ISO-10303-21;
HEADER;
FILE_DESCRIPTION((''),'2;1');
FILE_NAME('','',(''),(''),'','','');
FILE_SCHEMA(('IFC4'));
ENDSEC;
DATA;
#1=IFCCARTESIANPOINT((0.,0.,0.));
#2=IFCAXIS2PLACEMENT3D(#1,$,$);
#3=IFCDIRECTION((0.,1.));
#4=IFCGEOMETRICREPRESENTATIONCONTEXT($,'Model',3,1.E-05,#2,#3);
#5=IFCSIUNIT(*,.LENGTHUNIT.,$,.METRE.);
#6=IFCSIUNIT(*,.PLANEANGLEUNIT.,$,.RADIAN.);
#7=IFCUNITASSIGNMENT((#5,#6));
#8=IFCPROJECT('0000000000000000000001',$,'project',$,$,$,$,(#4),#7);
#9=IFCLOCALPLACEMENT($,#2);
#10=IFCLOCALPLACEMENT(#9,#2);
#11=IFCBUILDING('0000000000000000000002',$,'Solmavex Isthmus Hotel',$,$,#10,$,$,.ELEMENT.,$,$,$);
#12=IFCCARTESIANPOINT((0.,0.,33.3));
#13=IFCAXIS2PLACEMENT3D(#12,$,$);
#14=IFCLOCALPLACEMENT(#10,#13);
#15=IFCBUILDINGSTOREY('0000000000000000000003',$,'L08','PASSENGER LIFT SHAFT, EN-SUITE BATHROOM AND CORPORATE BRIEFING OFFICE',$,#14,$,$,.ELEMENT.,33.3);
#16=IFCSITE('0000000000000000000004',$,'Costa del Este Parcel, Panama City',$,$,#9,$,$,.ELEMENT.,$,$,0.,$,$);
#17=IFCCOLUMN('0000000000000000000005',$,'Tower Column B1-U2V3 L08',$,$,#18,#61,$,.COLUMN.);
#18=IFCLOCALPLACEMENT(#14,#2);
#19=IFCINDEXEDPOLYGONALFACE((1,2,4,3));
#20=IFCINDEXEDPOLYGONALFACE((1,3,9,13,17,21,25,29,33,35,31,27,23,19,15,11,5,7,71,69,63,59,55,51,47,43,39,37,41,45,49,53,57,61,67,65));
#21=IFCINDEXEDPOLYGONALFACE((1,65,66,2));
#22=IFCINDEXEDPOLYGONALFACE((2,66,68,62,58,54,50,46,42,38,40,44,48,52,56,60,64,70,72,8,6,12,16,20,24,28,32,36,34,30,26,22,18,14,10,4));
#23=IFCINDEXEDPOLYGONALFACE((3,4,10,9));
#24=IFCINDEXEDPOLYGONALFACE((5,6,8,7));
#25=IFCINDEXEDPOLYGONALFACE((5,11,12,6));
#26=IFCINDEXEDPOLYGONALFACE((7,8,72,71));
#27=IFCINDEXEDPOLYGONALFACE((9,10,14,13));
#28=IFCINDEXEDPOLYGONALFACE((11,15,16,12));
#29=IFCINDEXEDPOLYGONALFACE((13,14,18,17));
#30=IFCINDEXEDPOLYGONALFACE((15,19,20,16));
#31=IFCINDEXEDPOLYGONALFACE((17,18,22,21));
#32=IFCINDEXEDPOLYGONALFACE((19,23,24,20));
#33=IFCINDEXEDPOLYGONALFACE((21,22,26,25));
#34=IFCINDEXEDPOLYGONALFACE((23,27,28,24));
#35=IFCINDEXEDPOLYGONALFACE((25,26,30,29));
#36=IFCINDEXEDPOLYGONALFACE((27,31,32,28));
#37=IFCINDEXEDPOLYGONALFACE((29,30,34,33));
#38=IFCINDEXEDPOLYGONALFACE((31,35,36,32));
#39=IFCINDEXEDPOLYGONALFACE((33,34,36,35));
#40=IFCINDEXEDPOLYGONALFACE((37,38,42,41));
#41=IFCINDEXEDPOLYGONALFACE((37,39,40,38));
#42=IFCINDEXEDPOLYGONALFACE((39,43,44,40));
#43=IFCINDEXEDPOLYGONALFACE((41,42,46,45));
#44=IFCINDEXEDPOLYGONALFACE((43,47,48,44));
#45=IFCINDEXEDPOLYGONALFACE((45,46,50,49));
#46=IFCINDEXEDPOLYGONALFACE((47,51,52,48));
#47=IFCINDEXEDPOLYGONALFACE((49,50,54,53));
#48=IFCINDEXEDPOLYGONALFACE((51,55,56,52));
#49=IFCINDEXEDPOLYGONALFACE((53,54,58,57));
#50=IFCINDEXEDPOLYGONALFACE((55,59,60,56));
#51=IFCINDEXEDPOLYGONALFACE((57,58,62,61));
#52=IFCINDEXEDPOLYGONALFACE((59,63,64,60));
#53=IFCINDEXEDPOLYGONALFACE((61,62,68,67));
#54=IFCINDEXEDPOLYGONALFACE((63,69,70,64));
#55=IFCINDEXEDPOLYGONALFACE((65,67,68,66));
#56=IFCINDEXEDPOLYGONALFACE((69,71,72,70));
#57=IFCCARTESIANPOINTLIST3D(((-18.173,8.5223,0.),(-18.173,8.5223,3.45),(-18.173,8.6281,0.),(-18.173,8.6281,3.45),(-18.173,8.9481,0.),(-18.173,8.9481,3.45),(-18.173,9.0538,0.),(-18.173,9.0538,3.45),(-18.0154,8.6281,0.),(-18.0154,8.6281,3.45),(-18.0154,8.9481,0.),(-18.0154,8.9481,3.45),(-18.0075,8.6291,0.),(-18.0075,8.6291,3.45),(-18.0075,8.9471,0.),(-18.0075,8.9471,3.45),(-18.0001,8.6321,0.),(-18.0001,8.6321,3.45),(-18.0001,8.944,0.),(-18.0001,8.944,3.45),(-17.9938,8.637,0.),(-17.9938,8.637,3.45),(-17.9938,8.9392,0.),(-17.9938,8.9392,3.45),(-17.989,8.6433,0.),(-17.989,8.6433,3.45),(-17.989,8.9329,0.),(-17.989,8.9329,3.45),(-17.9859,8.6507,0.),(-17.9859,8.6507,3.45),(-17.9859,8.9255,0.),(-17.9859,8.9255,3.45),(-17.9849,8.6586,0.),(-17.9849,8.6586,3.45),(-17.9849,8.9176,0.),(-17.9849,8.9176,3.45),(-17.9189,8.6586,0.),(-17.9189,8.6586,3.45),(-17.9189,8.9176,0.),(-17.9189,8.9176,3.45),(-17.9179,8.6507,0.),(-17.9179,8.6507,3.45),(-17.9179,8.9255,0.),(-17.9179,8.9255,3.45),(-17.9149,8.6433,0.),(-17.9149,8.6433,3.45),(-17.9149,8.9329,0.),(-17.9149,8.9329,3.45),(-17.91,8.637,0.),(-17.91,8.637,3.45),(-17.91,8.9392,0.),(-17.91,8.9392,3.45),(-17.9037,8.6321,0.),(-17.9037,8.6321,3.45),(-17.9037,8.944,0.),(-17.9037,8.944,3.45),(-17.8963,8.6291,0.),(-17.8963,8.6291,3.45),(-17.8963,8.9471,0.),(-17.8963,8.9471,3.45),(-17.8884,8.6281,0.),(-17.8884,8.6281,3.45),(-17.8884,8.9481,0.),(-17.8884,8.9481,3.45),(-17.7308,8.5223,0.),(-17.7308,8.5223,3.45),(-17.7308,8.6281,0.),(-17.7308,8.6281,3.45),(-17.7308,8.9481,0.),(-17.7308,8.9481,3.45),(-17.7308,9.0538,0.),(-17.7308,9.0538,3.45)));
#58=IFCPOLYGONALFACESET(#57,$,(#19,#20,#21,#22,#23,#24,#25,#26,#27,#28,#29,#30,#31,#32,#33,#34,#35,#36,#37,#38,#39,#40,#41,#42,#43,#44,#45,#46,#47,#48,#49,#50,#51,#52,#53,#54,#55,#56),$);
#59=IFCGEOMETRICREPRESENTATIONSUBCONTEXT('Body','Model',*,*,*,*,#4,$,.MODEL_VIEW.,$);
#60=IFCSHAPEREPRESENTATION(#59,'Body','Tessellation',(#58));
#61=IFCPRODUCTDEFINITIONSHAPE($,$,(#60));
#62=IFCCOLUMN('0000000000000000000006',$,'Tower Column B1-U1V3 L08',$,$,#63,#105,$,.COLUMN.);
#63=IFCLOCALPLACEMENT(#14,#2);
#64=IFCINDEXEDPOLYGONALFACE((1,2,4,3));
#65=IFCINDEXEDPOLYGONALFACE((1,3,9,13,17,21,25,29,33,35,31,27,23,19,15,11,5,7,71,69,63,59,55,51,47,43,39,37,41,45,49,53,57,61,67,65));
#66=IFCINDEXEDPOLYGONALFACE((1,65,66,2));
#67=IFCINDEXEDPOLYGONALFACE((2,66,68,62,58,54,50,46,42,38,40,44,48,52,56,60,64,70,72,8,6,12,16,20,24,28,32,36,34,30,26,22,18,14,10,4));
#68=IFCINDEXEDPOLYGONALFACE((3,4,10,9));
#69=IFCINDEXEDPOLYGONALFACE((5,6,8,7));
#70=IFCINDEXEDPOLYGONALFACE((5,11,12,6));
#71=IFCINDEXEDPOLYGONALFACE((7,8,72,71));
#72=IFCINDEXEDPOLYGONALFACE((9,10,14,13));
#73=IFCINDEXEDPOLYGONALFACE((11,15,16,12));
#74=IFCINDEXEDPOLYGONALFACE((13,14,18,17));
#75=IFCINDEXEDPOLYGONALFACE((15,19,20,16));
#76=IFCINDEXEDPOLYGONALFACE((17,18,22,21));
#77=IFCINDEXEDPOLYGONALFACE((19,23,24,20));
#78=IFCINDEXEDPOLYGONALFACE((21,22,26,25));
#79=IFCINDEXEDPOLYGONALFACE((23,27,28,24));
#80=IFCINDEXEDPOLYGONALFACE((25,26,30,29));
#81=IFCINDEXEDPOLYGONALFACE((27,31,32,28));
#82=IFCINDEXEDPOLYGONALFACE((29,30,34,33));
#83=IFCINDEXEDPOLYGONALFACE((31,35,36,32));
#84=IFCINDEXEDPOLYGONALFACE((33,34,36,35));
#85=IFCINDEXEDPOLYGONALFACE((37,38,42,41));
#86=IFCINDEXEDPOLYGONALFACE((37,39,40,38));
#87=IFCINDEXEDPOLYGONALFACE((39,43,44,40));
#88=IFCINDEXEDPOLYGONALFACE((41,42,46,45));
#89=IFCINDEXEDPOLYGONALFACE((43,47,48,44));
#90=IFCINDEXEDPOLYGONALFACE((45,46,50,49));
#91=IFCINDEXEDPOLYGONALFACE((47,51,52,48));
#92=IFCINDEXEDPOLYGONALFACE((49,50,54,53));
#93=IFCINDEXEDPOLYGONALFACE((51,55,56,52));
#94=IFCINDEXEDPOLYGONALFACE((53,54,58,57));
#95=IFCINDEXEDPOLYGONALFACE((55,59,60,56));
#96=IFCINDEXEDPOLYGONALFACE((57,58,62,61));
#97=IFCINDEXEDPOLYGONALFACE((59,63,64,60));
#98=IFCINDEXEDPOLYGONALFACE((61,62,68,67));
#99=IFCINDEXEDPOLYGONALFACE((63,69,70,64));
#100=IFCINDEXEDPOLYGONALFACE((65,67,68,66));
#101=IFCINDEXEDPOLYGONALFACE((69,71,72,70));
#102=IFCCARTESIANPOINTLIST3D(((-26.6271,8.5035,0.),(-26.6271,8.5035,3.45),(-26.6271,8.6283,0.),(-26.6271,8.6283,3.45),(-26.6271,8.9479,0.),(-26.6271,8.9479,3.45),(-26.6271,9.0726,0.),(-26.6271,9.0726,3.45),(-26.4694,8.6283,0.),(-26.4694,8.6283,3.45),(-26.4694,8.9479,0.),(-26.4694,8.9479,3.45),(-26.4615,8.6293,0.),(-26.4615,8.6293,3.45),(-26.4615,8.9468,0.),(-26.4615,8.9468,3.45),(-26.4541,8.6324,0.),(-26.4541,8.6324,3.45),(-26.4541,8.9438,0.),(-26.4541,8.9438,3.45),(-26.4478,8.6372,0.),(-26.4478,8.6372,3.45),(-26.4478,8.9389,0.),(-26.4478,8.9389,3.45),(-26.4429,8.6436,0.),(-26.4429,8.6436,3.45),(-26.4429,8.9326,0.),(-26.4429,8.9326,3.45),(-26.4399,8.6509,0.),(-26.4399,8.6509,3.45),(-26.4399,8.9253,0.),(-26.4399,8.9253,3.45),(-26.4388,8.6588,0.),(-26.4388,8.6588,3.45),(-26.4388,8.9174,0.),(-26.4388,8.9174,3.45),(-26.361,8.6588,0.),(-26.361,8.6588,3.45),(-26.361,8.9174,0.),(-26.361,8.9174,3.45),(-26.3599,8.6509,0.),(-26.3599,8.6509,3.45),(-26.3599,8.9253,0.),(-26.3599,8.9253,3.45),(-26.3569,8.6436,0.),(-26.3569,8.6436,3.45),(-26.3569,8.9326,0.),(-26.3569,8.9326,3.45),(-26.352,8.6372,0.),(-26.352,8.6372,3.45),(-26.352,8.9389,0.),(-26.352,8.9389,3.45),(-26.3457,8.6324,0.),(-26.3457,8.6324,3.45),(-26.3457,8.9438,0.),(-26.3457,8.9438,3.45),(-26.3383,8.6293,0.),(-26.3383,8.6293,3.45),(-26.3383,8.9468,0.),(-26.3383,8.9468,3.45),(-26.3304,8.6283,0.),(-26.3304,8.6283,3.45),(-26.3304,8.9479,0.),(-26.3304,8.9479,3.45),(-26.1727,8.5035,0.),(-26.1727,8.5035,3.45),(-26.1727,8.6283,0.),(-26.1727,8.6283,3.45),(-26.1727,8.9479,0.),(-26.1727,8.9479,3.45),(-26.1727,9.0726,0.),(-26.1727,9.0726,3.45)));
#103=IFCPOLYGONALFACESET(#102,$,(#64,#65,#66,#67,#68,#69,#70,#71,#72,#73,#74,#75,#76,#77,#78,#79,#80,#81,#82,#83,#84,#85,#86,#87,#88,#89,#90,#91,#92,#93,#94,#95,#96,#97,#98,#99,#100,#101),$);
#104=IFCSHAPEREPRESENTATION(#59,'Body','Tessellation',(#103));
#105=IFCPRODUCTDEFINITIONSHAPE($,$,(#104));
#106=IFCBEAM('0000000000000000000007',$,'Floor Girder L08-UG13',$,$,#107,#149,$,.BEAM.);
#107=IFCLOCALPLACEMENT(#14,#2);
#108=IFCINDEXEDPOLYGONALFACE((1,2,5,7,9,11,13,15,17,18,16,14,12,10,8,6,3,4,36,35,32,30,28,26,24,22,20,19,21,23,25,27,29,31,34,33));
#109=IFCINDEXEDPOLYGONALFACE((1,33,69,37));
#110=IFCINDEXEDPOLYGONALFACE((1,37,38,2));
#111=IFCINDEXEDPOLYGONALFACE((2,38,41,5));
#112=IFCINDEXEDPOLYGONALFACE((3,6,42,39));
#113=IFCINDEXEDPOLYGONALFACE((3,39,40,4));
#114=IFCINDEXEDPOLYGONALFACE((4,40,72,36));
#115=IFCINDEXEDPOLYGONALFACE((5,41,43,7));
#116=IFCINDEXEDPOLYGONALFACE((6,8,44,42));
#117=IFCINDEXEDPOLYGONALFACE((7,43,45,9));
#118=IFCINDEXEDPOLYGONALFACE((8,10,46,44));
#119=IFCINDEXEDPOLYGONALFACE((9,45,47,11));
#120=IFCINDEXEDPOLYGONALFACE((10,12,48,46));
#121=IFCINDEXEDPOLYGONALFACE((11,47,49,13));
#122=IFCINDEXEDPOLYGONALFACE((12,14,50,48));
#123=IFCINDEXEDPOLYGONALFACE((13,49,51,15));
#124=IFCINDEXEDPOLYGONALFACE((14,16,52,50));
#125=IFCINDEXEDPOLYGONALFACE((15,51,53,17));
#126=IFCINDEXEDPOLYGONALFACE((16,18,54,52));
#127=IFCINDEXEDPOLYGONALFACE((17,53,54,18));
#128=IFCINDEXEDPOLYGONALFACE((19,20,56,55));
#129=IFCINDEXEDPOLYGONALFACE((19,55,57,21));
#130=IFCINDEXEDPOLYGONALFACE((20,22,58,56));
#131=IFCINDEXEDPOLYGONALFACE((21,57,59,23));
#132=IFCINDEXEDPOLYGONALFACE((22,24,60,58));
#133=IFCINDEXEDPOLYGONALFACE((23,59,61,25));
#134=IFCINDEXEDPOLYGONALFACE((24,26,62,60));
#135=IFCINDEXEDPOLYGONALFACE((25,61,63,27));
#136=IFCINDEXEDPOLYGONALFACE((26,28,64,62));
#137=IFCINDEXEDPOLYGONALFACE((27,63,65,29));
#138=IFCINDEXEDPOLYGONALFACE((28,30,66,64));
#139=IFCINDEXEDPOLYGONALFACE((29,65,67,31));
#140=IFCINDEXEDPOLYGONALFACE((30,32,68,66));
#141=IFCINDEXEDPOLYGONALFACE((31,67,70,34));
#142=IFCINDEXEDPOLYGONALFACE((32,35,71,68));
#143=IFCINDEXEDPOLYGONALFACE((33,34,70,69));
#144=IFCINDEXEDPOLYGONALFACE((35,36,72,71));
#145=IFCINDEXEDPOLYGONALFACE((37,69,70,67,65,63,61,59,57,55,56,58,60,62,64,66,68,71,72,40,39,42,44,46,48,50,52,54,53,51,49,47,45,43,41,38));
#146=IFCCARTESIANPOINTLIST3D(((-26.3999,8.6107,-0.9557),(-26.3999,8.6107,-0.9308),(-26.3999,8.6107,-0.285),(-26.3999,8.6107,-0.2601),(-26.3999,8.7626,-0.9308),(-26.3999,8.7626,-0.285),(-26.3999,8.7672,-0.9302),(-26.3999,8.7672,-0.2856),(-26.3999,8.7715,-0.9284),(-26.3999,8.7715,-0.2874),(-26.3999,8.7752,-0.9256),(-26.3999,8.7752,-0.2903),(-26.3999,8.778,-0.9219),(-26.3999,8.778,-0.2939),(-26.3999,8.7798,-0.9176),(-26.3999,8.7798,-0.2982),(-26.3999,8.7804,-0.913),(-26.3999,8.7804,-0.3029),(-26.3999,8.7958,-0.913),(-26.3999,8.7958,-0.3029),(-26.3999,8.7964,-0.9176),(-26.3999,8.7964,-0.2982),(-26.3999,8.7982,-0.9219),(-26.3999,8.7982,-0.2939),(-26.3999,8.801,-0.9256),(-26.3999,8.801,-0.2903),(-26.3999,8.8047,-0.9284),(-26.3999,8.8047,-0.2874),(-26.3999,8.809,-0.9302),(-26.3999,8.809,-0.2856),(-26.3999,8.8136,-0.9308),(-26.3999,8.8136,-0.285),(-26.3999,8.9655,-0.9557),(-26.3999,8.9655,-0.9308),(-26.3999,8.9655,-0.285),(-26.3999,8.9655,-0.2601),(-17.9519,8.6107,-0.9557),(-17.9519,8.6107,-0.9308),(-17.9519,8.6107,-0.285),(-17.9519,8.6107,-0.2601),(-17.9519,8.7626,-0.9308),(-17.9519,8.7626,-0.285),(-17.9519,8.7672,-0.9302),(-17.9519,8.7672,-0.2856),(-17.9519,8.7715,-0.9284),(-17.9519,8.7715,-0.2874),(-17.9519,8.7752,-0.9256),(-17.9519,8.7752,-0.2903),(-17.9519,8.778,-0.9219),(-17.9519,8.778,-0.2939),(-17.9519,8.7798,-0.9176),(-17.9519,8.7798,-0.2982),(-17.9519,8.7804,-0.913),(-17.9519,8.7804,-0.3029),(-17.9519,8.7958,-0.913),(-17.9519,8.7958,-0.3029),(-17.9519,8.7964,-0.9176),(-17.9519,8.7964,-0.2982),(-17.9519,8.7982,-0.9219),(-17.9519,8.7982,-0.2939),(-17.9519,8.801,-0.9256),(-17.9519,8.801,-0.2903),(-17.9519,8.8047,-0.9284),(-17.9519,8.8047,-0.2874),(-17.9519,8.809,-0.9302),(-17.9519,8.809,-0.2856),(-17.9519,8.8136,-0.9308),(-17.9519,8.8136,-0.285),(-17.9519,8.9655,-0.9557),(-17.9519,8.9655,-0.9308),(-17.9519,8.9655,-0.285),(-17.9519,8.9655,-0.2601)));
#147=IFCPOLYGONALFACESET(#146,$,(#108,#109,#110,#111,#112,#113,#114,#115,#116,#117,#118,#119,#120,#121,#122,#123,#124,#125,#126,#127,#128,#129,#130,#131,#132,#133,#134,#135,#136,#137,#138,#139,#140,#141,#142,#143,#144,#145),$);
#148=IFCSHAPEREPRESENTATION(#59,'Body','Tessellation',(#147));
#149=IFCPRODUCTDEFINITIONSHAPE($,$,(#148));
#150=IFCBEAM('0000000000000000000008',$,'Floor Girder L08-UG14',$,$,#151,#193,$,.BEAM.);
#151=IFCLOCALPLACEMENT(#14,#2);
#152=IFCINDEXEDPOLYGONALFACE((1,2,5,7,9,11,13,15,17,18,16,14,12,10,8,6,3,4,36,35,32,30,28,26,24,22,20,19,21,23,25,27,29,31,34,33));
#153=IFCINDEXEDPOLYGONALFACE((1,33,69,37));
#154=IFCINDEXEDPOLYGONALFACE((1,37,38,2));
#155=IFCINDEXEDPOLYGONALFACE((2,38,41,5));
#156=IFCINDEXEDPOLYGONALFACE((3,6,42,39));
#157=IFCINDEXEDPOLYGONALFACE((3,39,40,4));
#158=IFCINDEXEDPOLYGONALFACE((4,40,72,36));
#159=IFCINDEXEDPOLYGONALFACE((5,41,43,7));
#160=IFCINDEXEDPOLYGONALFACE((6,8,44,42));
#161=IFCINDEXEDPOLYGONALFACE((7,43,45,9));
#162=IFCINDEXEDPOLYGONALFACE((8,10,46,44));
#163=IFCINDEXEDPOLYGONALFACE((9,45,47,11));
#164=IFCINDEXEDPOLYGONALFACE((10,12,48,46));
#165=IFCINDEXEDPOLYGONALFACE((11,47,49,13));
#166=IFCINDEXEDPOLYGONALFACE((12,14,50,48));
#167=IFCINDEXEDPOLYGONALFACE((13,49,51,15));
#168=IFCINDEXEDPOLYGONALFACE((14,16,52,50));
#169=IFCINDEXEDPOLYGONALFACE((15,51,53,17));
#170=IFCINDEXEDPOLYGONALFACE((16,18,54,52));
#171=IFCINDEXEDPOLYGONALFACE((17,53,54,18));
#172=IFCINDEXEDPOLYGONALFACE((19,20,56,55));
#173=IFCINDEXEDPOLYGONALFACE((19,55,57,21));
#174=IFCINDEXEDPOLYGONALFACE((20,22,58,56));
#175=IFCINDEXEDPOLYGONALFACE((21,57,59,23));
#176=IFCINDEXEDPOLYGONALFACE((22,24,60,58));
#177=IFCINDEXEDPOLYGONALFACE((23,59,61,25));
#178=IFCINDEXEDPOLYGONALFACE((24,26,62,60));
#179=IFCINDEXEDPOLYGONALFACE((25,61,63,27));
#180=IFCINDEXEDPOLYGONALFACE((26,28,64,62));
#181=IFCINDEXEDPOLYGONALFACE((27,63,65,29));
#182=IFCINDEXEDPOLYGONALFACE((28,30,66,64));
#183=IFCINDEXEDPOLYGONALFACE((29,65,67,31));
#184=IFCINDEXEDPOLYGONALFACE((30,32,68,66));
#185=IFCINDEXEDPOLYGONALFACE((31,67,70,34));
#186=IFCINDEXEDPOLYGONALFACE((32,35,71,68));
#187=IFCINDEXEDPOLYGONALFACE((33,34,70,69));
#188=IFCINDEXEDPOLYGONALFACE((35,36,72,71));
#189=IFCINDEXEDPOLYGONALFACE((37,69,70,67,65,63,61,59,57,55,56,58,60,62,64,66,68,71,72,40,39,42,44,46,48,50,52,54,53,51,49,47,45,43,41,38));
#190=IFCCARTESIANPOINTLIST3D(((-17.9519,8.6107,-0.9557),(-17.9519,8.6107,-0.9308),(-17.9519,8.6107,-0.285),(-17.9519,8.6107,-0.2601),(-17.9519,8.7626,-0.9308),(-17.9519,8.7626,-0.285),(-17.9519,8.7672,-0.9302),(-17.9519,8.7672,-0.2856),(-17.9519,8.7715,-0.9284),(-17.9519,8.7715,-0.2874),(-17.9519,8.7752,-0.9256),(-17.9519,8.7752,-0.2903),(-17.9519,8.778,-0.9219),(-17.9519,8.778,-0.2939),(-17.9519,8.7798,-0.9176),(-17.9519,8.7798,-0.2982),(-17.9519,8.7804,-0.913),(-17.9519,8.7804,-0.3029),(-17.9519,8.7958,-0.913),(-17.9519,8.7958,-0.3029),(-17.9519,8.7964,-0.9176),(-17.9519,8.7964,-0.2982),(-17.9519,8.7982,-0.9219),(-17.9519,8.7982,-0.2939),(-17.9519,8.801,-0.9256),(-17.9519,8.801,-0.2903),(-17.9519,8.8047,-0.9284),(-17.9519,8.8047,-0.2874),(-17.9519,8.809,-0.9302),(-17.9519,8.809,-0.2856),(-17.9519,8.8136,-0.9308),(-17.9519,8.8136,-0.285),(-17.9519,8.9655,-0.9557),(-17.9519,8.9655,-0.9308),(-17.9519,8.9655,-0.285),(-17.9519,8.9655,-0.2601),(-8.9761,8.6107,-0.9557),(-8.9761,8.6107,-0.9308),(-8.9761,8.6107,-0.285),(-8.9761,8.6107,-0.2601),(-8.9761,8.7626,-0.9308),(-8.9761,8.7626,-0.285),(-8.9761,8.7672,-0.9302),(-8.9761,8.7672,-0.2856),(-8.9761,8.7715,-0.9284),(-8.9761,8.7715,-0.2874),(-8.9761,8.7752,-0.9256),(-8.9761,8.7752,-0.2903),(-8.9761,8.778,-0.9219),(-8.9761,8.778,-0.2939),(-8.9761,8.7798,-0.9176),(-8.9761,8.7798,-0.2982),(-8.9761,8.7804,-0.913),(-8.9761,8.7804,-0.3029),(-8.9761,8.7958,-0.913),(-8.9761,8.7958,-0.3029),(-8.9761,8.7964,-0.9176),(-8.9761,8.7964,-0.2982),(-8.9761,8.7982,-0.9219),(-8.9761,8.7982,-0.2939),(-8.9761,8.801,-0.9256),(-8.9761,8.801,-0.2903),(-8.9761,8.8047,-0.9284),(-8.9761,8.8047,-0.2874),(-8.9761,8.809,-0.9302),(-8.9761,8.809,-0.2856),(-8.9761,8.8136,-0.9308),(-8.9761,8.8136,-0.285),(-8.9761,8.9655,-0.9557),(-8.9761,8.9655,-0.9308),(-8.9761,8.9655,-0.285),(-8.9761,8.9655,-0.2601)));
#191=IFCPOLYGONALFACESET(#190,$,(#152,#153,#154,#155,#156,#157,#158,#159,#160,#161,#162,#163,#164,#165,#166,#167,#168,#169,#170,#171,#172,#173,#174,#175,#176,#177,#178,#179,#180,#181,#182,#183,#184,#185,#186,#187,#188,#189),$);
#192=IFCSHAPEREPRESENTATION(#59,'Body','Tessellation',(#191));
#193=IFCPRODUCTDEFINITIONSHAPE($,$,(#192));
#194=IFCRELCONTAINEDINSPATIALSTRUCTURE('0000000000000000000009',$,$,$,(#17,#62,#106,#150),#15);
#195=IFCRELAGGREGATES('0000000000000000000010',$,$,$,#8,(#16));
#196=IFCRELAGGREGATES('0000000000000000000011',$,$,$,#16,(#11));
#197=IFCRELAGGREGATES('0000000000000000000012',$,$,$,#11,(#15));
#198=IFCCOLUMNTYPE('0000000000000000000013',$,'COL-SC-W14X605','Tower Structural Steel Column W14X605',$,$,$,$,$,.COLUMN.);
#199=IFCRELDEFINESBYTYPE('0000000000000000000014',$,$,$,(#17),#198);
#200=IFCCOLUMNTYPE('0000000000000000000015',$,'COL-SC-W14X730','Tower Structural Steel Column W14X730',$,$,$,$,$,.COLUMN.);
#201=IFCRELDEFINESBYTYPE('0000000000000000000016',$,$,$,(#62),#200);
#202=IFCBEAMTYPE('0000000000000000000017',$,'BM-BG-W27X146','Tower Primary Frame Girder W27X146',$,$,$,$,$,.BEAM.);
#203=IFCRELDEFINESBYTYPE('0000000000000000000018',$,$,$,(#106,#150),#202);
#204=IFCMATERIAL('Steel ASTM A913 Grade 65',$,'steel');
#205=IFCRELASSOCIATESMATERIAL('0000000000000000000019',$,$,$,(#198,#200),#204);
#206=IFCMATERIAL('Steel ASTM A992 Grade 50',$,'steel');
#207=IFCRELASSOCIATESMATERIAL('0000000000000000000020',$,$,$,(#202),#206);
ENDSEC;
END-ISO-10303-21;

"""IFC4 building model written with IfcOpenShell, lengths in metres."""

from ifc_helpers import new_model, si_unit, direction, frame, origin, origin_2d, place, context, subcontext, project, spatial, i_section, extrude, material, material_profile, profile_set, type_object, element, save


model = new_model("IFC4")

# Units and contexts
model_context = context("Model", 3, precision=1e-05, world=origin(), true_north=direction((0.0, 1.0)))
body_context = subcontext(model_context, "Body", "Model", "MODEL_VIEW")
ifc_project = project(units=[si_unit("LENGTHUNIT", "METRE"), si_unit("PLANEANGLEUNIT", "RADIAN")], contexts=[model_context])

# Site, building, storey
site_placement = place(None, origin())
site = spatial("IfcSite", under=ifc_project, at=site_placement, Name="Costa del Este Parcel, Panama City", CompositionType="ELEMENT", RefElevation=0.0)
building_placement = place(site_placement, origin())
building = spatial("IfcBuilding", under=site, at=building_placement, Name="Solmavex Isthmus Hotel", CompositionType="ELEMENT")
storey_placement = place(building_placement, frame((0.0, 0.0, 33.3)))
storey = spatial("IfcBuildingStorey", under=building, at=storey_placement, Name="L08", Description="PASSENGER LIFT SHAFT, EN-SUITE BATHROOM AND CORPORATE BRIEFING OFFICE", CompositionType="ELEMENT", Elevation=33.3)

# Columns
ifc_material_1 = material(Name="Steel ASTM A913 Grade 65", Category="steel")
ifc_material_profile_1 = material_profile(ifc_material_1, i_section(OverallWidth=0.4421, OverallDepth=0.5315, WebThickness=0.0659, FlangeThickness=0.1057, FilletRadius=0.0305, at=origin_2d()), Name="W14X605")
ifc_profile_set_1 = profile_set([ifc_material_profile_1], Name="Steel ASTM A913 Grade 65")
column_type_1 = type_object("IfcColumnType", Name="COL-SC-W14X605", Description="Tower Structural Steel Column W14X605", PredefinedType="COLUMN", material=ifc_profile_set_1)
column_1_placement = place(storey_placement, frame((-17.9519, 8.7881, 0.0), z_axis=(0.0, 0.0, 1.0), x_axis=(1.0, 0.0, 0.0)))
element("IfcColumn", 1, at=column_1_placement, inside=storey, type_object=column_type_1, Name="Tower Column B1-U2V3 L08", PredefinedType="COLUMN", context=body_context, shape_type="SweptSolid", body=[
    extrude(i_section(OverallWidth=0.4421, OverallDepth=0.5315, WebThickness=0.0659, FlangeThickness=0.1057, FilletRadius=0.0305, at=origin_2d()), origin(), (0.0, 0.0, 1.0), 3.45),
])
ifc_material_profile_2 = material_profile(ifc_material_1, i_section(OverallWidth=0.4543, OverallDepth=0.5691, WebThickness=0.0779, FlangeThickness=0.1248, FilletRadius=0.0305, at=origin_2d()), Name="W14X730")
ifc_profile_set_2 = profile_set([ifc_material_profile_2], Name="Steel ASTM A913 Grade 65")
column_type_2 = type_object("IfcColumnType", Name="COL-SC-W14X730", Description="Tower Structural Steel Column W14X730", PredefinedType="COLUMN", material=ifc_profile_set_2)
column_2_placement = place(storey_placement, frame((-26.3999, 8.7881, 0.0), z_axis=(0.0, 0.0, 1.0), x_axis=(1.0, 0.0, 0.0)))
element("IfcColumn", 2, at=column_2_placement, inside=storey, type_object=column_type_2, Name="Tower Column B1-U1V3 L08", PredefinedType="COLUMN", context=body_context, shape_type="SweptSolid", body=[
    extrude(i_section(OverallWidth=0.4543, OverallDepth=0.5691, WebThickness=0.0779, FlangeThickness=0.1248, FilletRadius=0.0305, at=origin_2d()), origin(), (0.0, 0.0, 1.0), 3.45),
])

# Beams
ifc_material_2 = material(Name="Steel ASTM A992 Grade 50", Category="steel")
ifc_material_profile_3 = material_profile(ifc_material_2, i_section(OverallWidth=0.3547, OverallDepth=0.6956, WebThickness=0.0154, FlangeThickness=0.0249, FilletRadius=0.0178, at=origin_2d()), Name="W27X146")
ifc_profile_set_3 = profile_set([ifc_material_profile_3], Name="Steel ASTM A992 Grade 50")
beam_type_1 = type_object("IfcBeamType", Name="BM-BG-W27X146", Description="Tower Primary Frame Girder W27X146", PredefinedType="BEAM", material=ifc_profile_set_3)
beam_1_placement = place(storey_placement, frame((-26.3999, 8.7881, -0.6079), z_axis=(1.0, 0.0, 0.0), x_axis=(0.0, 1.0, 0.0)))
element("IfcBeam", 3, at=beam_1_placement, inside=storey, type_object=beam_type_1, Name="Floor Girder L08-UG13", PredefinedType="BEAM", context=body_context, shape_type="SweptSolid", body=[
    extrude(i_section(OverallWidth=0.3547, OverallDepth=0.6956, WebThickness=0.0154, FlangeThickness=0.0249, FilletRadius=0.0178, at=origin_2d()), origin(), (0.0, 0.0, 1.0), 8.448),
])
beam_2_placement = place(storey_placement, frame((-17.9519, 8.7881, -0.6079), z_axis=(1.0, 0.0, 0.0), x_axis=(0.0, 1.0, 0.0)))
element("IfcBeam", 4, at=beam_2_placement, inside=storey, type_object=beam_type_1, Name="Floor Girder L08-UG14", PredefinedType="BEAM", context=body_context, shape_type="SweptSolid", body=[
    extrude(i_section(OverallWidth=0.3547, OverallDepth=0.6956, WebThickness=0.0154, FlangeThickness=0.0249, FilletRadius=0.0178, at=origin_2d()), origin(), (0.0, 0.0, 1.0), 8.9758),
])

save(model, "model.ifc")
